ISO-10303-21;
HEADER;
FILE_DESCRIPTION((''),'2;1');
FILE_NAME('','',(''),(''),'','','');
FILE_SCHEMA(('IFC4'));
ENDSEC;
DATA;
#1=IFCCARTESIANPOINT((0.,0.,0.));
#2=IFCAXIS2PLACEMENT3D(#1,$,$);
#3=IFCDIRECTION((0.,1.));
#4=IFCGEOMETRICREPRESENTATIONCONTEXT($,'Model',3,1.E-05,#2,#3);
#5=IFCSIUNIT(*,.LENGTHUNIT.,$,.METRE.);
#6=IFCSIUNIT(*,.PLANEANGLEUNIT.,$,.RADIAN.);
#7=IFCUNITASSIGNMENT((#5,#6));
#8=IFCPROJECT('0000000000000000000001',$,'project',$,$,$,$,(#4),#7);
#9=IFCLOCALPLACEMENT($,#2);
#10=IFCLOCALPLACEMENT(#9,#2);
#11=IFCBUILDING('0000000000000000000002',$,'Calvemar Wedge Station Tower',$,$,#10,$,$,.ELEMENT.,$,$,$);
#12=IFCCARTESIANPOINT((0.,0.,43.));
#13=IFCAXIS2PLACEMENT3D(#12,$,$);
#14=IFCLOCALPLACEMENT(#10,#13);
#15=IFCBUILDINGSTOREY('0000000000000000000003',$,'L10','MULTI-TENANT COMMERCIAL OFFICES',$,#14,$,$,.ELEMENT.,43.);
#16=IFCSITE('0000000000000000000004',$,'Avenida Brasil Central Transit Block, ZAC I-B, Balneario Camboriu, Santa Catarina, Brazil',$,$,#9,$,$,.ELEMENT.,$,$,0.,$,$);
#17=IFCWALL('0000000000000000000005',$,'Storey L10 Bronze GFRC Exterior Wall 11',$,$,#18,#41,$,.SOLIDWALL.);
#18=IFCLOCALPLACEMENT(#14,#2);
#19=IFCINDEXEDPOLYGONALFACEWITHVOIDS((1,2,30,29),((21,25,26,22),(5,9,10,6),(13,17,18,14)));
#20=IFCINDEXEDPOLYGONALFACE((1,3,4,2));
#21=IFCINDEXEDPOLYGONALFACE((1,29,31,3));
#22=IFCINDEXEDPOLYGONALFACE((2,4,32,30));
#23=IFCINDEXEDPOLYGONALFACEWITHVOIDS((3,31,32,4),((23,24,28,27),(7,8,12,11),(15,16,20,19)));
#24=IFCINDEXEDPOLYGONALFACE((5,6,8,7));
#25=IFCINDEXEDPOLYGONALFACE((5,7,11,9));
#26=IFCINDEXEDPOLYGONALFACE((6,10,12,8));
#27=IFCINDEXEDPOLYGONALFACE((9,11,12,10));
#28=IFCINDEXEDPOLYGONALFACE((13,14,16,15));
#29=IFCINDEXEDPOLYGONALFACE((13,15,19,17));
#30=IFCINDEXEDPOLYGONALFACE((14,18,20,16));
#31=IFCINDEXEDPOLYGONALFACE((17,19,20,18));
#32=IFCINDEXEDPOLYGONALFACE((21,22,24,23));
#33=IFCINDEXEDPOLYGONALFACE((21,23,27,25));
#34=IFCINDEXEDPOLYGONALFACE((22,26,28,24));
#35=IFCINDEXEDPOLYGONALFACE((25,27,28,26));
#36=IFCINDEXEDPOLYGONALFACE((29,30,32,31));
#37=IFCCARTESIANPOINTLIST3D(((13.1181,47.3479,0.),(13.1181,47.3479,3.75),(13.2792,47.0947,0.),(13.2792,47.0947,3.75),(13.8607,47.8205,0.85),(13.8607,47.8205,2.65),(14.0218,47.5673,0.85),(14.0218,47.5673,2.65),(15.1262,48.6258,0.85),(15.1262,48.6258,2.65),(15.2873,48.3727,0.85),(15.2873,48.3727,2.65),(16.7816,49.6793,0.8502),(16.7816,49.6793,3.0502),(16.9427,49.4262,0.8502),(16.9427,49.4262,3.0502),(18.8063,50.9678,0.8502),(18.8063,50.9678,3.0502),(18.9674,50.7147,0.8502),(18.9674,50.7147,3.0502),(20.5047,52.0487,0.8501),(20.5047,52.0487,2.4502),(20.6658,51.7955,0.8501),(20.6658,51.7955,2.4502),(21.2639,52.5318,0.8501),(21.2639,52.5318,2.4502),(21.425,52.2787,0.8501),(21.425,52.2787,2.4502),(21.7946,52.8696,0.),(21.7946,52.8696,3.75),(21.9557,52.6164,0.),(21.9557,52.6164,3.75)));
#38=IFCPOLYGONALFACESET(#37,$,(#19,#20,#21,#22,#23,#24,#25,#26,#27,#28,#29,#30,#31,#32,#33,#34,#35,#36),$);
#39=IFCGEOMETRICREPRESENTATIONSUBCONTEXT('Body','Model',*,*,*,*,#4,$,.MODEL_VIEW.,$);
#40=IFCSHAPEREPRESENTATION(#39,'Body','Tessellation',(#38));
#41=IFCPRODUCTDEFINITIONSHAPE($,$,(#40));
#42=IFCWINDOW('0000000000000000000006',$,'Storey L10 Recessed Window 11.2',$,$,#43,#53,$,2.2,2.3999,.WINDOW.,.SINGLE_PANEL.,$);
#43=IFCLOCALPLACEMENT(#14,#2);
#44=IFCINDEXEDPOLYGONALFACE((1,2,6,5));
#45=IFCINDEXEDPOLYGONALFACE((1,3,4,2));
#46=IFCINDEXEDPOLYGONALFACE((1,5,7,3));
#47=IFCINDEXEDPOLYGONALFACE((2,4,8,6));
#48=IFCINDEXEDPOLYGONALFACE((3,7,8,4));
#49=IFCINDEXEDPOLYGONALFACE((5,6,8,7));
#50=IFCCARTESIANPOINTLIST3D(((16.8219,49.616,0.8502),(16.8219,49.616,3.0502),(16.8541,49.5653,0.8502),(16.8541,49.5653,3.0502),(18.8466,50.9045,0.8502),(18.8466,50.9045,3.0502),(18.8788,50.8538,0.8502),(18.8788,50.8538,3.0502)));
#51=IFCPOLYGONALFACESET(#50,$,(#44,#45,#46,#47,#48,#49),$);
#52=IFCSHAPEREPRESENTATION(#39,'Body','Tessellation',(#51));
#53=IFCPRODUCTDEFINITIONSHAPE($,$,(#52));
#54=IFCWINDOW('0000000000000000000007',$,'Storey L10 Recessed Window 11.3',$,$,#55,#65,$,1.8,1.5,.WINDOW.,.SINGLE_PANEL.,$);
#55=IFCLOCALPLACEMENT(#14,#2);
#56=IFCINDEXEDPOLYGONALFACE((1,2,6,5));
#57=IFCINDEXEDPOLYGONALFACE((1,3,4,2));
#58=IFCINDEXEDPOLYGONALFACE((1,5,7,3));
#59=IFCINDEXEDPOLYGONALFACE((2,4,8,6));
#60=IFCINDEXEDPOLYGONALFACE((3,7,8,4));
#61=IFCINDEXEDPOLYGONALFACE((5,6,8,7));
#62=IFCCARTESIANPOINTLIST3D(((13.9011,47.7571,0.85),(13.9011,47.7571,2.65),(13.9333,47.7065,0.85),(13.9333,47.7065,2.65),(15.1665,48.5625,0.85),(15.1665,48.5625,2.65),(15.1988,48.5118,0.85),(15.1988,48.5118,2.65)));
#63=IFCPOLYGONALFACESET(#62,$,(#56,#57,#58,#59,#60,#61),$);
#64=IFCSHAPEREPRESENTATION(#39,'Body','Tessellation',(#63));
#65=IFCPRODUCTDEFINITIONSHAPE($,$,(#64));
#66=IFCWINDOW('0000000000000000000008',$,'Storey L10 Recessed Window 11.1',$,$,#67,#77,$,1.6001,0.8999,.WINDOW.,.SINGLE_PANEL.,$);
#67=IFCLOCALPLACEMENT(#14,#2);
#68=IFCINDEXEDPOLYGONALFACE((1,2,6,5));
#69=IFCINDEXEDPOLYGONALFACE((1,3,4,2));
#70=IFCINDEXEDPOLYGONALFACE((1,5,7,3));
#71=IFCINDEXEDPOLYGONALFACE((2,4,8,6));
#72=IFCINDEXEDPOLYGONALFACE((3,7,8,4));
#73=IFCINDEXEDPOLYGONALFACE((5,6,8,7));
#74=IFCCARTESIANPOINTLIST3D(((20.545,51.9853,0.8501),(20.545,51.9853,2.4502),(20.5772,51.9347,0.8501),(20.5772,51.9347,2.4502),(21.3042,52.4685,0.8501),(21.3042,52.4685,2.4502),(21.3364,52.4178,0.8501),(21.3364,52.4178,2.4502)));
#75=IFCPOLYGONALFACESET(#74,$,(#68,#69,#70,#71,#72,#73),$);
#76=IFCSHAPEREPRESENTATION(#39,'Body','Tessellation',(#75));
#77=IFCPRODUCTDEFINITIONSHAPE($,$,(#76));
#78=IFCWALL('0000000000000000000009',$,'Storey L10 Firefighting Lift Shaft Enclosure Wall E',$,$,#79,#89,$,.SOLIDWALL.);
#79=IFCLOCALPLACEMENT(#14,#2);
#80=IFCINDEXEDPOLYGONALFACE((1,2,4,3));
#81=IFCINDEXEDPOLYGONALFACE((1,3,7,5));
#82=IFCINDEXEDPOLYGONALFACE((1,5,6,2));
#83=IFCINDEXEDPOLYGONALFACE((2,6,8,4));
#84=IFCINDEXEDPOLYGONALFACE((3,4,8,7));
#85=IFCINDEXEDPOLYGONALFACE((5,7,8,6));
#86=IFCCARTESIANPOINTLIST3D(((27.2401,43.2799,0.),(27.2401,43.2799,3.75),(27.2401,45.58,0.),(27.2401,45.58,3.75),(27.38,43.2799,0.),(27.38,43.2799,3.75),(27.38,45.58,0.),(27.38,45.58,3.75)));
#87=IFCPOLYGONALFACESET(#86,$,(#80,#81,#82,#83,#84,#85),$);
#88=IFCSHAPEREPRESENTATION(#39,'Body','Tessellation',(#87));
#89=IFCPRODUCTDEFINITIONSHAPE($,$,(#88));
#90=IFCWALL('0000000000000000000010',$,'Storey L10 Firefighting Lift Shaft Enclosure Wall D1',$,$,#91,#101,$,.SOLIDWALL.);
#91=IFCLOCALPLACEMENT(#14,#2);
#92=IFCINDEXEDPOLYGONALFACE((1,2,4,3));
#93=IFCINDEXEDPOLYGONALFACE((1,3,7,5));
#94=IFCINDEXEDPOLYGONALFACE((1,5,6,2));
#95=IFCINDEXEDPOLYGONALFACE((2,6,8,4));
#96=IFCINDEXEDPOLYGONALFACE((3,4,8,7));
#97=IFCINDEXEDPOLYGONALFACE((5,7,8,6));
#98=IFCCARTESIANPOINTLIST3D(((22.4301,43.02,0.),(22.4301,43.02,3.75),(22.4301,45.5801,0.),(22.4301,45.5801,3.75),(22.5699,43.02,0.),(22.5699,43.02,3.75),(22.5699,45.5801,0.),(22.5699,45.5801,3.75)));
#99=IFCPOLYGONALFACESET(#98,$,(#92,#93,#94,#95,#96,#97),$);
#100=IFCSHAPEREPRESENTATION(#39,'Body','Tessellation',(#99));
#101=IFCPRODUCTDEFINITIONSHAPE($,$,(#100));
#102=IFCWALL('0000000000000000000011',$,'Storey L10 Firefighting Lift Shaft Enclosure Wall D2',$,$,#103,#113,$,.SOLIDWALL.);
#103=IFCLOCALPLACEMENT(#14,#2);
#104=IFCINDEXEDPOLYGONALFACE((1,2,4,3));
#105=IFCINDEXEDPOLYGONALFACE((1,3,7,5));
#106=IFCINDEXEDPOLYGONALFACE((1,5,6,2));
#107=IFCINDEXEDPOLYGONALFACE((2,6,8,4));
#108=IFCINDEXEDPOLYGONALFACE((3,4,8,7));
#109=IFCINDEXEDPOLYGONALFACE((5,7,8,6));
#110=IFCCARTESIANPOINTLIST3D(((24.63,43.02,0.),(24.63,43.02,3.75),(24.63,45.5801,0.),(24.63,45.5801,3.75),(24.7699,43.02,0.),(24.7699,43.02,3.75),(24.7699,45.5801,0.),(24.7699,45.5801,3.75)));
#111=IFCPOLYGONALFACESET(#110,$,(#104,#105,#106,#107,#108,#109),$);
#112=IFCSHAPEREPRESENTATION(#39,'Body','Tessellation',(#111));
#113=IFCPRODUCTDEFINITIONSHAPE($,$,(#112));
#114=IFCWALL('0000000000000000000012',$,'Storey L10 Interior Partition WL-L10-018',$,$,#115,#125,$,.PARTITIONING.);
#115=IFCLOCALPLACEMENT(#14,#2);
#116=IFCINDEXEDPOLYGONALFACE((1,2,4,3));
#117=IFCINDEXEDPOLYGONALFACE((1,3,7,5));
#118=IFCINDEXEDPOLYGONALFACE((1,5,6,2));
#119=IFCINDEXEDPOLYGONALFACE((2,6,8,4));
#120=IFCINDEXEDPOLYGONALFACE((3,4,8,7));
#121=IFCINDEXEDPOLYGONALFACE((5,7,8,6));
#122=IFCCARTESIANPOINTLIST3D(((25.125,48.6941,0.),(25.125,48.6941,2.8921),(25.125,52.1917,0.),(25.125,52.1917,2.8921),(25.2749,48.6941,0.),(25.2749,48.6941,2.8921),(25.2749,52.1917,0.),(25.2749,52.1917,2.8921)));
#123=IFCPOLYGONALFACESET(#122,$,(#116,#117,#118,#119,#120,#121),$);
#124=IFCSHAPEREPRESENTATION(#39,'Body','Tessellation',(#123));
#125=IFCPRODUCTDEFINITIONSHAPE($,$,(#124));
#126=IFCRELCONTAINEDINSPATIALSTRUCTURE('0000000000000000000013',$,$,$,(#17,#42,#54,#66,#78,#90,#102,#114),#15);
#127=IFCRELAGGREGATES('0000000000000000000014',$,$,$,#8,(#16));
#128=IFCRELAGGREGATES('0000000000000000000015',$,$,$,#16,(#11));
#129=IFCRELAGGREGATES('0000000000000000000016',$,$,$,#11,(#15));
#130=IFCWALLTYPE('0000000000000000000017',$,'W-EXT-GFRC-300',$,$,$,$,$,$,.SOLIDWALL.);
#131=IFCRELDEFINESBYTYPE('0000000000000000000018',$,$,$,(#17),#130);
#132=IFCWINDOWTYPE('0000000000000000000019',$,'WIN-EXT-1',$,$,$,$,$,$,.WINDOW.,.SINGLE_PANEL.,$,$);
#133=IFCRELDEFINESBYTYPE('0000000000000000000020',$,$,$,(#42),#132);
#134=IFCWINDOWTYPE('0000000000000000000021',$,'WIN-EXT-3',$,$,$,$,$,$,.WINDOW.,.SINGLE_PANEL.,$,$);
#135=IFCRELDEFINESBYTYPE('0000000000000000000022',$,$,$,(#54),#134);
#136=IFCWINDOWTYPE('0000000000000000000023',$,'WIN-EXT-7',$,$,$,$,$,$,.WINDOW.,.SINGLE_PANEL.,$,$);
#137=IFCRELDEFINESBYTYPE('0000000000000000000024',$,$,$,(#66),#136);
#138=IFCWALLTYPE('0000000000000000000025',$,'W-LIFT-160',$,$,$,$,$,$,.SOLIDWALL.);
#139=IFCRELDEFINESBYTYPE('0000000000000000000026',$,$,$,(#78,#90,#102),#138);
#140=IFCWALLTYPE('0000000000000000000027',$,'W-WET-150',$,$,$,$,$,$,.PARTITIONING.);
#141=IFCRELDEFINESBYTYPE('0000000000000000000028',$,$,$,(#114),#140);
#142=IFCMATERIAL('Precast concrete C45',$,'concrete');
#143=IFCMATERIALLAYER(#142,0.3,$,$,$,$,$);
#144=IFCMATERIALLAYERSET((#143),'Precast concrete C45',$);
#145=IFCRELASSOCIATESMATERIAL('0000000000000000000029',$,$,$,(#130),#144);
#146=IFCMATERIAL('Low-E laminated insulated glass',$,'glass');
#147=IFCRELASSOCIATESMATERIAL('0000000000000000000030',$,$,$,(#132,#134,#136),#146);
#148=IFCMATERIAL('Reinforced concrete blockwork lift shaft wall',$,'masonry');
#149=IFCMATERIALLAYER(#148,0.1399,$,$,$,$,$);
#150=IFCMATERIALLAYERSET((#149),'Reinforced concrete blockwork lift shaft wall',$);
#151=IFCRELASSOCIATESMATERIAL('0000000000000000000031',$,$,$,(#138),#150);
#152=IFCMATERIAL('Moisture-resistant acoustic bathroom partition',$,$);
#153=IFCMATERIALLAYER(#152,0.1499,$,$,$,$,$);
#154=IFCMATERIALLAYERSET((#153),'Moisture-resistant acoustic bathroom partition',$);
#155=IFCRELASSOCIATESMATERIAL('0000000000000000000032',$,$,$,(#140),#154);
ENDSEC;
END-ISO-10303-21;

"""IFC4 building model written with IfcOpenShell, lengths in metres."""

from ifc_helpers import new_model, si_unit, direction, frame, frame_2d, origin, place, context, subcontext, project, spatial, rectangle, extrude, source, transform, mapped, material, layer, layer_set, type_object, element, fill, save


model = new_model("IFC4")

# Units and contexts
model_context = context("Model", 3, precision=1e-05, world=origin(), true_north=direction((0.0, 1.0)))
body_context = subcontext(model_context, "Body", "Model", "MODEL_VIEW")
ifc_project = project(units=[si_unit("LENGTHUNIT", "METRE"), si_unit("PLANEANGLEUNIT", "RADIAN")], contexts=[model_context])

# Site, building, storey
site_placement = place(None, origin())
site = spatial("IfcSite", under=ifc_project, at=site_placement, Name="Avenida Brasil Central Transit Block, ZAC I-B, Balneario Camboriu, Santa Catarina, Brazil", CompositionType="ELEMENT", RefElevation=0.0)
building_placement = place(site_placement, origin())
building = spatial("IfcBuilding", under=site, at=building_placement, Name="Calvemar Wedge Station Tower", CompositionType="ELEMENT")
storey_placement = place(building_placement, frame((0.0, 0.0, 43.0)))
storey = spatial("IfcBuildingStorey", under=building, at=storey_placement, Name="L10", Description="MULTI-TENANT COMMERCIAL OFFICES", CompositionType="ELEMENT", Elevation=43.0)

# Wall, openings, windows
ifc_material_1 = material(Name="Precast concrete C45", Category="concrete")
ifc_layer_1 = layer(ifc_material_1, 0.3)
ifc_layer_set_1 = layer_set([ifc_layer_1], Name="Precast concrete C45")
wall_type_1 = type_object("IfcWallType", Name="W-EXT-GFRC-300", PredefinedType="SOLIDWALL", material=ifc_layer_set_1)
wall_1_placement = place(storey_placement, frame((21.875, 52.7429, 0.0), z_axis=(0.0, 0.0, 1.0), x_axis=(-0.843648, -0.536897, 0.0)))
wall_1 = element("IfcWall", 1, at=wall_1_placement, inside=storey, type_object=wall_type_1, Name="Storey L10 Bronze GFRC Exterior Wall 11", PredefinedType="SOLIDWALL", context=body_context, shape_type="SweptSolid", body=[
    extrude(rectangle(XDim=10.2844, YDim=0.3, at=frame_2d((5.1421, 0.0))), origin(), (0.0, 0.0, 1.0), 3.75),
])
shared_shape_1 = source(origin(), body_context, "Body", "SweptSolid", [
    extrude(rectangle(XDim=0.8999, YDim=1.6001, at=frame_2d((0.45, 0.8))), frame((0.0, 0.1602, 0.0), z_axis=(0.0, -1.0, 0.0), x_axis=(1.0, 0.0, 0.0)), (0.0, 0.0, 1.0), 0.3201),
])
opening_1_placement = place(wall_1_placement, frame((0.6289, 0.0, 0.8501)))
opening_1 = element("IfcOpeningElement", 2, at=opening_1_placement, cuts=wall_1, PredefinedType="OPENING", context=body_context, shape_type="MappedRepresentation", body=[
    mapped(shared_shape_1, transform((0.0, 0.0, 0.0), scale=1.0)),
])
shared_shape_2 = source(origin(), body_context, "Body", "SweptSolid", [
    extrude(rectangle(XDim=2.3999, YDim=2.2, at=frame_2d((1.2, 1.1001))), frame((0.0, 0.1602, 0.0), z_axis=(0.0, -1.0, 0.0), x_axis=(1.0, 0.0, 0.0)), (0.0, 0.0, 1.0), 0.3201),
])
opening_2_placement = place(wall_1_placement, frame((3.542, 0.0, 0.8501)))
opening_2 = element("IfcOpeningElement", 3, at=opening_2_placement, cuts=wall_1, PredefinedType="OPENING", context=body_context, shape_type="MappedRepresentation", body=[
    mapped(shared_shape_2, transform((0.0, 0.0, 0.0), scale=1.0)),
])
shared_shape_3 = source(origin(), body_context, "Body", "SweptSolid", [
    extrude(rectangle(XDim=1.5, YDim=1.8, at=frame_2d((0.75, 0.8999))), frame((0.0, 0.1602, 0.0), z_axis=(0.0, -1.0, 0.0), x_axis=(1.0, 0.0, 0.0)), (0.0, 0.0, 1.0), 0.3201),
])
opening_3_placement = place(wall_1_placement, frame((7.9041, 0.0, 0.8501)))
opening_3 = element("IfcOpeningElement", 4, at=opening_3_placement, cuts=wall_1, PredefinedType="OPENING", context=body_context, shape_type="MappedRepresentation", body=[
    mapped(shared_shape_3, transform((0.0, 0.0, 0.0), scale=1.0)),
])
ifc_material_2 = material(Name="Low-E laminated insulated glass", Category="glass")
window_type_1 = type_object("IfcWindowType", Name="WIN-EXT-1", PartitioningType="SINGLE_PANEL", PredefinedType="WINDOW", material=ifc_material_2)
shared_shape_4 = source(origin(), body_context, "Body", "SweptSolid", [
    extrude(rectangle(XDim=2.3999, YDim=2.2, at=frame_2d((1.2, 1.1001))), frame((0.0, -0.0149, 0.0), z_axis=(0.0, -1.0, 0.0), x_axis=(1.0, 0.0, 0.0)), (0.0, 0.0, 1.0), 0.0601),
])
window_1_placement = place(opening_2_placement, origin())
window_1 = element("IfcWindow", 5, at=window_1_placement, inside=storey, type_object=window_type_1, Name="Storey L10 Recessed Window 11.2", OverallHeight=2.2, OverallWidth=2.3999, PartitioningType="SINGLE_PANEL", PredefinedType="WINDOW", context=body_context, shape_type="MappedRepresentation", body=[
    mapped(shared_shape_4, transform((0.0, 0.0, 0.0), scale=1.0)),
])
fill(opening_2, window_1)
window_type_2 = type_object("IfcWindowType", Name="WIN-EXT-3", PartitioningType="SINGLE_PANEL", PredefinedType="WINDOW", material=ifc_material_2)
shared_shape_5 = source(origin(), body_context, "Body", "SweptSolid", [
    extrude(rectangle(XDim=1.5, YDim=1.8, at=frame_2d((0.75, 0.8999))), frame((0.0, -0.0149, 0.0), z_axis=(0.0, -1.0, 0.0), x_axis=(1.0, 0.0, 0.0)), (0.0, 0.0, 1.0), 0.0601),
])
window_2_placement = place(opening_3_placement, origin())
window_2 = element("IfcWindow", 6, at=window_2_placement, inside=storey, type_object=window_type_2, Name="Storey L10 Recessed Window 11.3", OverallHeight=1.8, OverallWidth=1.5, PartitioningType="SINGLE_PANEL", PredefinedType="WINDOW", context=body_context, shape_type="MappedRepresentation", body=[
    mapped(shared_shape_5, transform((0.0, 0.0, 0.0), scale=1.0)),
])
fill(opening_3, window_2)
window_type_3 = type_object("IfcWindowType", Name="WIN-EXT-7", PartitioningType="SINGLE_PANEL", PredefinedType="WINDOW", material=ifc_material_2)
shared_shape_6 = source(origin(), body_context, "Body", "SweptSolid", [
    extrude(rectangle(XDim=0.8999, YDim=1.6001, at=frame_2d((0.45, 0.8))), frame((0.0, -0.0149, 0.0), z_axis=(0.0, -1.0, 0.0), x_axis=(1.0, 0.0, 0.0)), (0.0, 0.0, 1.0), 0.0601),
])
window_3_placement = place(opening_1_placement, origin())
window_3 = element("IfcWindow", 7, at=window_3_placement, inside=storey, type_object=window_type_3, Name="Storey L10 Recessed Window 11.1", OverallHeight=1.6001, OverallWidth=0.8999, PartitioningType="SINGLE_PANEL", PredefinedType="WINDOW", context=body_context, shape_type="MappedRepresentation", body=[
    mapped(shared_shape_6, transform((0.0, 0.0, 0.0), scale=1.0)),
])
fill(opening_1, window_3)

# Walls
ifc_material_3 = material(Name="Reinforced concrete blockwork lift shaft wall", Category="masonry")
ifc_layer_2 = layer(ifc_material_3, 0.1399)
ifc_layer_set_2 = layer_set([ifc_layer_2], Name="Reinforced concrete blockwork lift shaft wall")
wall_type_2 = type_object("IfcWallType", Name="W-LIFT-160", PredefinedType="SOLIDWALL", material=ifc_layer_set_2)
wall_2_placement = place(storey_placement, frame((27.3101, 43.28, 0.0), z_axis=(0.0, 0.0, 1.0), x_axis=(0.0, 1.0, 0.0)))
element("IfcWall", 8, at=wall_2_placement, inside=storey, type_object=wall_type_2, Name="Storey L10 Firefighting Lift Shaft Enclosure Wall E", PredefinedType="SOLIDWALL", context=body_context, shape_type="SweptSolid", body=[
    extrude(rectangle(XDim=2.3, YDim=0.1399, at=frame_2d((1.1499, 0.0))), origin(), (0.0, 0.0, 1.0), 3.75),
])
for number, where, z_axis, x_axis, name in (
    (9, (22.5, 43.02, 0.0), (0.0, 0.0, 1.0), (0.0, 1.0, 0.0), "Storey L10 Firefighting Lift Shaft Enclosure Wall D1"),
    (10, (24.7, 43.02, 0.0), (0.0, 0.0, 1.0), (0.0, 1.0, 0.0), "Storey L10 Firefighting Lift Shaft Enclosure Wall D2"),
):
    element("IfcWall", number, at=place(storey_placement, frame(where, z_axis=z_axis, x_axis=x_axis)), inside=storey, type_object=wall_type_2, Name=name, PredefinedType="SOLIDWALL", context=body_context, shape_type="SweptSolid", body=[
        extrude(rectangle(XDim=2.5601, YDim=0.1399, at=frame_2d((1.28, 0.0))), origin(), (0.0, 0.0, 1.0), 3.75),
    ])
ifc_material_4 = material(Name="Moisture-resistant acoustic bathroom partition")
ifc_layer_3 = layer(ifc_material_4, 0.1499)
ifc_layer_set_3 = layer_set([ifc_layer_3], Name="Moisture-resistant acoustic bathroom partition")
wall_type_3 = type_object("IfcWallType", Name="W-WET-150", PredefinedType="PARTITIONING", material=ifc_layer_set_3)
wall_3_placement = place(storey_placement, frame((25.2, 52.1917, 0.0), z_axis=(0.0, 0.0, 1.0), x_axis=(0.0, -1.0, 0.0)))
element("IfcWall", 11, at=wall_3_placement, inside=storey, type_object=wall_type_3, Name="Storey L10 Interior Partition WL-L10-018", PredefinedType="PARTITIONING", context=body_context, shape_type="SweptSolid", body=[
    extrude(rectangle(XDim=3.4976, YDim=0.1499, at=frame_2d((1.7488, 0.0))), origin(), (0.0, 0.0, 1.0), 2.8921),
])

save(model, "model.ifc")
